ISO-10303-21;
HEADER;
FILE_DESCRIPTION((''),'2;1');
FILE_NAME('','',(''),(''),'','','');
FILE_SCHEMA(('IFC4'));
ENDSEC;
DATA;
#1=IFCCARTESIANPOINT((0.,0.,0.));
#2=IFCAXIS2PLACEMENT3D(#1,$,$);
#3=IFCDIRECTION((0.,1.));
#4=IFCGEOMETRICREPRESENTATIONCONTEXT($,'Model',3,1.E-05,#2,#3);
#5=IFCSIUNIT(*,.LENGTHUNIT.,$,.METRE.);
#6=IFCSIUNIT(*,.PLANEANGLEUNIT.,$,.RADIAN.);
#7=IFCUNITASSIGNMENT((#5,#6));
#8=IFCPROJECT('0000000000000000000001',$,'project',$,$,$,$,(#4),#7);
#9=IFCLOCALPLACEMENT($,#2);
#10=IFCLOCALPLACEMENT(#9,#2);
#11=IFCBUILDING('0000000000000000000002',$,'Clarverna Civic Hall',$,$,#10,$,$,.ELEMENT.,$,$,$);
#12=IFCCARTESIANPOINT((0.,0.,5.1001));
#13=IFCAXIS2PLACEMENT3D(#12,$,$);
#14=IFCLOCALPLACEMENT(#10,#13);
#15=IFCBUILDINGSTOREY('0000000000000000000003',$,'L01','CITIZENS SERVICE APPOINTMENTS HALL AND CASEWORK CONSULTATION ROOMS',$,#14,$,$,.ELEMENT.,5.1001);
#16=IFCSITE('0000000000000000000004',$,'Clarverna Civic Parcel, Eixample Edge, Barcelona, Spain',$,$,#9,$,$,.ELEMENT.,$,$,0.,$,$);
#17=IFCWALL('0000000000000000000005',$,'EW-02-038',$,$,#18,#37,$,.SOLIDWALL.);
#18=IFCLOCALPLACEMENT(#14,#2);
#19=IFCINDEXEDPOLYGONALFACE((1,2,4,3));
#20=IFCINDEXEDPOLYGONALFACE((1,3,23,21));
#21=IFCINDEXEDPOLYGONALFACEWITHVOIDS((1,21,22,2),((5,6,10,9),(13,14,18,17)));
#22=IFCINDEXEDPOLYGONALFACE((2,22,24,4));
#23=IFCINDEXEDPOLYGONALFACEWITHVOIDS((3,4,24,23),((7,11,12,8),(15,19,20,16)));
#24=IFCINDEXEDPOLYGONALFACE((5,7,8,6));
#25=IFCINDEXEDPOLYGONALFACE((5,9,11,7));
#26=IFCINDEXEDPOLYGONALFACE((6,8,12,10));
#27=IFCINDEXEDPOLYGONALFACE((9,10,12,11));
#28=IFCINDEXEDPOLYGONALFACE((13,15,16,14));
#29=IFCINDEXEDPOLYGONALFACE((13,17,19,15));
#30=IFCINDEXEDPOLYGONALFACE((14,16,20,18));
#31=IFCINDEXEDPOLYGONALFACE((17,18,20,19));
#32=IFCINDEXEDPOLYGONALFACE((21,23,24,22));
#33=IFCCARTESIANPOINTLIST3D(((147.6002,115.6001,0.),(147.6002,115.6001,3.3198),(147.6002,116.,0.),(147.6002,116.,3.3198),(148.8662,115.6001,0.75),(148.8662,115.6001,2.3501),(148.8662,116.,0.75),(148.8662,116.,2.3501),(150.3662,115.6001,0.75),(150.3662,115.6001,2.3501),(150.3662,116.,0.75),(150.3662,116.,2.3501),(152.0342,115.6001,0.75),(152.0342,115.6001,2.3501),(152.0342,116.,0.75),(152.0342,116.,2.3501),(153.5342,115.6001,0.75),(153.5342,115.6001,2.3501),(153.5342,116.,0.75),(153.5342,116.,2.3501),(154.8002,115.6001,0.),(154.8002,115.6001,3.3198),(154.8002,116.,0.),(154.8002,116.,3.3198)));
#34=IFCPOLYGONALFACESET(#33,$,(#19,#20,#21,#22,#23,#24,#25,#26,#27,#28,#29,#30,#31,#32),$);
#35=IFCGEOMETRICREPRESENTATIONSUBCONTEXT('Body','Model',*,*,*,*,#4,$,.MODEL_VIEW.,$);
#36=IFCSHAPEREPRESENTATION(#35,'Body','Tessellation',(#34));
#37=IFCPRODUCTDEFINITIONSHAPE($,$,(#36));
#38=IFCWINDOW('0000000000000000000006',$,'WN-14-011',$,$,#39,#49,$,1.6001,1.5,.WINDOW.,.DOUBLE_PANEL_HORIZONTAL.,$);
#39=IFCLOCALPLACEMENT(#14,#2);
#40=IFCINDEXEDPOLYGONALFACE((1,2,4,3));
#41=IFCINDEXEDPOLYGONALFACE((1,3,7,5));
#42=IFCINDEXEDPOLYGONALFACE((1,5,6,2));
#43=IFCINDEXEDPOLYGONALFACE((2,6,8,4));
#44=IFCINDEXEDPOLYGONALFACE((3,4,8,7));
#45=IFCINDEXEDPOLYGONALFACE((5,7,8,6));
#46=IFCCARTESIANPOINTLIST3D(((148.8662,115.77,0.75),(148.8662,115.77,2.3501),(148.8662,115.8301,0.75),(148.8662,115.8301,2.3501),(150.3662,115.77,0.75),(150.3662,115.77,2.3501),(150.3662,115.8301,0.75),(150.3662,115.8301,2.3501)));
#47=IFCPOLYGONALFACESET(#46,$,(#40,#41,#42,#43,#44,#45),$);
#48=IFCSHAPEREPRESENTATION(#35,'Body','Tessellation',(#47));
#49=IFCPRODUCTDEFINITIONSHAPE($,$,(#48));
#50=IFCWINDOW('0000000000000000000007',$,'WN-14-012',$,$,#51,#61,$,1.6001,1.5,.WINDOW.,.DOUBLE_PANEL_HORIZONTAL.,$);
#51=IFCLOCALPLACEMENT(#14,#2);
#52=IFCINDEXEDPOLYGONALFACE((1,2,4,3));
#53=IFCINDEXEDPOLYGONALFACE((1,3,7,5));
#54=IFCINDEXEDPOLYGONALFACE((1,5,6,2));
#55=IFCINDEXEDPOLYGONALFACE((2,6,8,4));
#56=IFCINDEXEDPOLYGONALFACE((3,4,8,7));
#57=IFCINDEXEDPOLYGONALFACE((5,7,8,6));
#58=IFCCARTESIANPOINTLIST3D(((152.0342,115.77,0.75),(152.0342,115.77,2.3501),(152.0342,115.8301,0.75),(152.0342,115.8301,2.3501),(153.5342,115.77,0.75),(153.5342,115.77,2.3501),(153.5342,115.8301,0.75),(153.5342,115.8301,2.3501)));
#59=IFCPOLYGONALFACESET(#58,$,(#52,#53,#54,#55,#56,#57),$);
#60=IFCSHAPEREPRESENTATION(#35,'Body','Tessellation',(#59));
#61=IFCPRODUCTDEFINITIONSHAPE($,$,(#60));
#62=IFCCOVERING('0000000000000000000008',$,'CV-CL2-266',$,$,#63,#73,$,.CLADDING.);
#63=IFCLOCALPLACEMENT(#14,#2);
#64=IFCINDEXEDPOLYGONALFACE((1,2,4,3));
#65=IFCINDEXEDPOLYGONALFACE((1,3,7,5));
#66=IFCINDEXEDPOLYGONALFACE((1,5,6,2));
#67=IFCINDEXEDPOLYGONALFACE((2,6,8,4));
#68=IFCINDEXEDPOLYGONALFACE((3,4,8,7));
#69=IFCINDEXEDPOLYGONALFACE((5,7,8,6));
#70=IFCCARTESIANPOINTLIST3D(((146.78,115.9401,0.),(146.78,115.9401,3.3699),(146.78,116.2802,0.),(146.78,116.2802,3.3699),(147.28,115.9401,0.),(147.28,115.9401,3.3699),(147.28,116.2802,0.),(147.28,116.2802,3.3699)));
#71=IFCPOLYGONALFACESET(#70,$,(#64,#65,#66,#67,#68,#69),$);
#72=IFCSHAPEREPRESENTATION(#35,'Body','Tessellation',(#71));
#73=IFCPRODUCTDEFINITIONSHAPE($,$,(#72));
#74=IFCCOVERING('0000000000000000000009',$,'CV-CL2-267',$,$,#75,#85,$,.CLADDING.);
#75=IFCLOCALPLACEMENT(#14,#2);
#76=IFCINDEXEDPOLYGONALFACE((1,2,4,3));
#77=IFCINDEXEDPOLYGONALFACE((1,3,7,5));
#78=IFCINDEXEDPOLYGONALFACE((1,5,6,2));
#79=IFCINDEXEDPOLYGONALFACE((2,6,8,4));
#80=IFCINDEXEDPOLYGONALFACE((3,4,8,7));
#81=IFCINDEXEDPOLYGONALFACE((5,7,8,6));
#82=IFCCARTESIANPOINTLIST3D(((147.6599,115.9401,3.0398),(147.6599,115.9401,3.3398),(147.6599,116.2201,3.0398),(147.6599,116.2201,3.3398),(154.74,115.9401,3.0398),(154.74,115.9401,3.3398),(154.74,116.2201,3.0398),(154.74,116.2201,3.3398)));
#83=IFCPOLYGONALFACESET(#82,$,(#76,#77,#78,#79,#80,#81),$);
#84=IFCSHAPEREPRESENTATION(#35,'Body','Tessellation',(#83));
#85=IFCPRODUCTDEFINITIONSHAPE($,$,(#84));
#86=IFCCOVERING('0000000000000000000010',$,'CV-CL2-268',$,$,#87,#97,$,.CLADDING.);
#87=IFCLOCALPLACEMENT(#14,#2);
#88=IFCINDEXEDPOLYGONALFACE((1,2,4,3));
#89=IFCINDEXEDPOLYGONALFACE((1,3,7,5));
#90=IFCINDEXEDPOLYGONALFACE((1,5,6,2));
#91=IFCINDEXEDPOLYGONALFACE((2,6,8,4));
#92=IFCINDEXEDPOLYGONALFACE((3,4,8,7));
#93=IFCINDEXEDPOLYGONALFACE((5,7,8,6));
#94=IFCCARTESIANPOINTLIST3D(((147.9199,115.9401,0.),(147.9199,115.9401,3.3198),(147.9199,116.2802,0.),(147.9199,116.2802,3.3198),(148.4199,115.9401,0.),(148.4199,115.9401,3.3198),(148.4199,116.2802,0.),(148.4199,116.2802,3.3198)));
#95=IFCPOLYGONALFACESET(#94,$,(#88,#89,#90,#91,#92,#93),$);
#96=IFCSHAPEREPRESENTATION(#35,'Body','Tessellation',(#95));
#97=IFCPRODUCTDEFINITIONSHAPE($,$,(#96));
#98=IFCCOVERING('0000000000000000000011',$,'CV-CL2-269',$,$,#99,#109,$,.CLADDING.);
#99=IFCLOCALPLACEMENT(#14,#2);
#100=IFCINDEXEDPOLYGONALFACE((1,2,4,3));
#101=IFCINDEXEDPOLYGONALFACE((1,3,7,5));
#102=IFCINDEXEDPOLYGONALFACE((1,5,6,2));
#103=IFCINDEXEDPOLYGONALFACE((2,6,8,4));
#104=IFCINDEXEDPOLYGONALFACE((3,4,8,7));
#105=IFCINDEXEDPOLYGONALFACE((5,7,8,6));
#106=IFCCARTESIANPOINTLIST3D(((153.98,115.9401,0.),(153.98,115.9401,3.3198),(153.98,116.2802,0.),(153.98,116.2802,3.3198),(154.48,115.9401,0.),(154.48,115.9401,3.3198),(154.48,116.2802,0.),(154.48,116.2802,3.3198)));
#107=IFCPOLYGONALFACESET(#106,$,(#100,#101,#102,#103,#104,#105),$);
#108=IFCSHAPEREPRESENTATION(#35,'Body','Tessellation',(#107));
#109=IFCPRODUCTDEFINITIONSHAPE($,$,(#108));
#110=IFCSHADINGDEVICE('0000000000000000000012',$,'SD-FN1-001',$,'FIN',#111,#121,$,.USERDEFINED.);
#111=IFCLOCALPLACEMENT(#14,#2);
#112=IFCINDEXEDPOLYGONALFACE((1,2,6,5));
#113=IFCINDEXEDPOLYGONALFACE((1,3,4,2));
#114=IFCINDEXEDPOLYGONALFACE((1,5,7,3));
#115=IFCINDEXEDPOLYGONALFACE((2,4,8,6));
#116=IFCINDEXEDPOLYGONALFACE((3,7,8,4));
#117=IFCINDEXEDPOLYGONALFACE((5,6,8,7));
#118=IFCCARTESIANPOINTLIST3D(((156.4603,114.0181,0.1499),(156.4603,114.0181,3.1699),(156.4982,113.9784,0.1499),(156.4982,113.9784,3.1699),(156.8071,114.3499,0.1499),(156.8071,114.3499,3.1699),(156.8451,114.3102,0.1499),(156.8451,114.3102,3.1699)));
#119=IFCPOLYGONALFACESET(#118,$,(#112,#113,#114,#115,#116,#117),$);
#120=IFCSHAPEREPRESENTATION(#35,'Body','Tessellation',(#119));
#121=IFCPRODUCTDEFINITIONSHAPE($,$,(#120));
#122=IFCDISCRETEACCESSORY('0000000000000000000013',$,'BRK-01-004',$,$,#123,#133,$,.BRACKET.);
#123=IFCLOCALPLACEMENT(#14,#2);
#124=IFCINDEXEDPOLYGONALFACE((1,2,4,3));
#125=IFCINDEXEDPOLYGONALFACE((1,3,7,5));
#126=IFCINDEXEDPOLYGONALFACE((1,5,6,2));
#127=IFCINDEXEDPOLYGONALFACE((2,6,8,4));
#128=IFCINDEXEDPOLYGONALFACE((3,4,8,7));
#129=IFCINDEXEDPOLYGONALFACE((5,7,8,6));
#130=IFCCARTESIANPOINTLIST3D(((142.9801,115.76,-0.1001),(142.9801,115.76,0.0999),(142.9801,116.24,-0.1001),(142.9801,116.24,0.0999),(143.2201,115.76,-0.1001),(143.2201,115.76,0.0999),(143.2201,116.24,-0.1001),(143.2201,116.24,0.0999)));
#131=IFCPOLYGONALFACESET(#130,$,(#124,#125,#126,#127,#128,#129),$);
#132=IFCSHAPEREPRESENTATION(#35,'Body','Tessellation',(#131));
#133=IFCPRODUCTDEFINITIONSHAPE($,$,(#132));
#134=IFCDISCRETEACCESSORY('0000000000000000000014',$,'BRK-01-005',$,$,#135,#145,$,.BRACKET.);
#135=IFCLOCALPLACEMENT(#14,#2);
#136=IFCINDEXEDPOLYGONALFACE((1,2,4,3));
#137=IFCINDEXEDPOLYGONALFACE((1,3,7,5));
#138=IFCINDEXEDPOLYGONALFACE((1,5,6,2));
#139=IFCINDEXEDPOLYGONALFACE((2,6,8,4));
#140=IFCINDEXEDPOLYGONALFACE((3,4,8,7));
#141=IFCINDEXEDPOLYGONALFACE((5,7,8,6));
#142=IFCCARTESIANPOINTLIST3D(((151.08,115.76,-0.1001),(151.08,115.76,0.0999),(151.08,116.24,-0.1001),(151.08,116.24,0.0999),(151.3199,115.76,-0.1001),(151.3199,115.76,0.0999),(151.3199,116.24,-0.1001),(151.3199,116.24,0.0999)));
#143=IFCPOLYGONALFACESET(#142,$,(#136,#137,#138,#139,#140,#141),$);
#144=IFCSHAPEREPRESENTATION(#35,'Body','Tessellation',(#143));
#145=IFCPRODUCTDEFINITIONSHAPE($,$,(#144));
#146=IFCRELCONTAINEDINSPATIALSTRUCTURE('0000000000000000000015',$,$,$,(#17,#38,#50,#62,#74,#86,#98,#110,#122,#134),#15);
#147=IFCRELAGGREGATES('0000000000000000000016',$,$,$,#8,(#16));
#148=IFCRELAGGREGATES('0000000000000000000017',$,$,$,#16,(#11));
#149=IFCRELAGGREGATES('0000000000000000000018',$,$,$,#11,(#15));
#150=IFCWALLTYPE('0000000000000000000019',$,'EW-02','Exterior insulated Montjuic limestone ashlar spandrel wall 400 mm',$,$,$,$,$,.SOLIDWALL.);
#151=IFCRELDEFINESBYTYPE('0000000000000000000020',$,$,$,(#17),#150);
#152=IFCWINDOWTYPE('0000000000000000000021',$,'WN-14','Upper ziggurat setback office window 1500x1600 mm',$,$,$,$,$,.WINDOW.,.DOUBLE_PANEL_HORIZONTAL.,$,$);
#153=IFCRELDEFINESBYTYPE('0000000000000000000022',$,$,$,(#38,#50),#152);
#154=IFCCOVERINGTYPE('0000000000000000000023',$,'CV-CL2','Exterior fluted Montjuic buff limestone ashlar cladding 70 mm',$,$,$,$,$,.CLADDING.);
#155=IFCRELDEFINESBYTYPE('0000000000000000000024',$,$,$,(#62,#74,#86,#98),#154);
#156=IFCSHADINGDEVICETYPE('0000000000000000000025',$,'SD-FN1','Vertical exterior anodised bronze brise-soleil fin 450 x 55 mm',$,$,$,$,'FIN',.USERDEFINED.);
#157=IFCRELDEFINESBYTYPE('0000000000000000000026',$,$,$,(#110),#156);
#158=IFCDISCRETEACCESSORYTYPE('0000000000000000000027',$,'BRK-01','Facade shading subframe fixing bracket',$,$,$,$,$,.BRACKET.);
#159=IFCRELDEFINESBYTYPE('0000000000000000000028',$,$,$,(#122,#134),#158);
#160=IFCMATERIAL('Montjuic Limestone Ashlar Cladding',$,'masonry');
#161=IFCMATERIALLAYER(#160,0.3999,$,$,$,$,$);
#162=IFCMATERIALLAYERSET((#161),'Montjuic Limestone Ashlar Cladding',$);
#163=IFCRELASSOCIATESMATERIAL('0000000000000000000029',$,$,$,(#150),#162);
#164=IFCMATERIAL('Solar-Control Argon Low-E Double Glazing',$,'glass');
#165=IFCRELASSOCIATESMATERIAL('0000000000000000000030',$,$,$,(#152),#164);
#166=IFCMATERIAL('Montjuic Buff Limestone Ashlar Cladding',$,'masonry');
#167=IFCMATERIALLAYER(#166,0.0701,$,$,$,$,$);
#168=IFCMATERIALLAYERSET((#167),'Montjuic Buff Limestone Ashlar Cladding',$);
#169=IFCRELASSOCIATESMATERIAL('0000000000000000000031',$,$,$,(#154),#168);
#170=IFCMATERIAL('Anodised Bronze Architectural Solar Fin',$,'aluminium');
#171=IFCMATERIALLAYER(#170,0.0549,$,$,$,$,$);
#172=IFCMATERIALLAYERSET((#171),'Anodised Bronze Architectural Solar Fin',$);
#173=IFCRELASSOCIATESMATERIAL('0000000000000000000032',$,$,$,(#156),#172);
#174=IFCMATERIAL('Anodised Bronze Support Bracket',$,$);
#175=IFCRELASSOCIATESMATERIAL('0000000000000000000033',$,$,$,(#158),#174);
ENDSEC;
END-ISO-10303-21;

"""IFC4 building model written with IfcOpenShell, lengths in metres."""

from ifc_helpers import new_model, si_unit, direction, frame, frame_2d, origin, origin_2d, place, context, subcontext, project, spatial, rectangle, extrude, material, layer, layer_set, type_object, element, fill, save


model = new_model("IFC4")

# Units and contexts
model_context = context("Model", 3, precision=1e-05, world=origin(), true_north=direction((0.0, 1.0)))
body_context = subcontext(model_context, "Body", "Model", "MODEL_VIEW")
ifc_project = project(units=[si_unit("LENGTHUNIT", "METRE"), si_unit("PLANEANGLEUNIT", "RADIAN")], contexts=[model_context])

# Site, building, storey
site_placement = place(None, origin())
site = spatial("IfcSite", under=ifc_project, at=site_placement, Name="Clarverna Civic Parcel, Eixample Edge, Barcelona, Spain", CompositionType="ELEMENT", RefElevation=0.0)
building_placement = place(site_placement, origin())
building = spatial("IfcBuilding", under=site, at=building_placement, Name="Clarverna Civic Hall", CompositionType="ELEMENT")
storey_placement = place(building_placement, frame((0.0, 0.0, 5.1001)))
storey = spatial("IfcBuildingStorey", under=building, at=storey_placement, Name="L01", Description="CITIZENS SERVICE APPOINTMENTS HALL AND CASEWORK CONSULTATION ROOMS", CompositionType="ELEMENT", Elevation=5.1001)

# Shared definitions
ifc_material_1 = material(Name="Solar-Control Argon Low-E Double Glazing", Category="glass")

# Wall, openings, windows
ifc_material_2 = material(Name="Montjuic Limestone Ashlar Cladding", Category="masonry")
ifc_layer_1 = layer(ifc_material_2, 0.3999)
ifc_layer_set_1 = layer_set([ifc_layer_1], Name="Montjuic Limestone Ashlar Cladding")
wall_type = type_object("IfcWallType", Name="EW-02", Description="Exterior insulated Montjuic limestone ashlar spandrel wall 400 mm", PredefinedType="SOLIDWALL", material=ifc_layer_set_1)
wall_placement = place(storey_placement, frame((147.6001, 115.8, 0.0), z_axis=(0.0, 0.0, 1.0), x_axis=(1.0, 0.0, 0.0)))
wall = element("IfcWall", 1, at=wall_placement, inside=storey, type_object=wall_type, Name="EW-02-038", PredefinedType="SOLIDWALL", context=body_context, shape_type="SweptSolid", body=[
    extrude(rectangle(XDim=7.2, YDim=0.3999, at=frame_2d((3.6001, 0.0))), origin(), (0.0, 0.0, 1.0), 3.3198),
])
opening_1_placement = place(wall_placement, frame((1.2661, 0.0, 0.75)))
opening_1 = element("IfcOpeningElement", 2, at=opening_1_placement, cuts=wall, PredefinedType="OPENING", context=body_context, shape_type="SweptSolid", body=[
    extrude(rectangle(XDim=1.5, YDim=1.6001, at=frame_2d((0.75, 0.8))), frame((0.0, 0.21, 0.0), z_axis=(0.0, -1.0, 0.0), x_axis=(1.0, 0.0, 0.0)), (0.0, 0.0, 1.0), 0.4199),
])
opening_2_placement = place(wall_placement, frame((4.4341, 0.0, 0.75)))
opening_2 = element("IfcOpeningElement", 3, at=opening_2_placement, cuts=wall, PredefinedType="OPENING", context=body_context, shape_type="SweptSolid", body=[
    extrude(rectangle(XDim=1.5, YDim=1.6001, at=frame_2d((0.75, 0.8))), frame((0.0, 0.21, 0.0), z_axis=(0.0, -1.0, 0.0), x_axis=(1.0, 0.0, 0.0)), (0.0, 0.0, 1.0), 0.4199),
])
window_type = type_object("IfcWindowType", Name="WN-14", Description="Upper ziggurat setback office window 1500x1600 mm", PartitioningType="DOUBLE_PANEL_HORIZONTAL", PredefinedType="WINDOW", material=ifc_material_1)
window_1_placement = place(opening_1_placement, origin())
window_1 = element("IfcWindow", 4, at=window_1_placement, inside=storey, type_object=window_type, Name="WN-14-011", OverallHeight=1.6001, OverallWidth=1.5, PartitioningType="DOUBLE_PANEL_HORIZONTAL", PredefinedType="WINDOW", context=body_context, shape_type="SweptSolid", body=[
    extrude(rectangle(XDim=1.5, YDim=1.6001, at=frame_2d((0.75, 0.8))), frame((0.0, 0.03, 0.0), z_axis=(0.0, -1.0, 0.0), x_axis=(1.0, 0.0, 0.0)), (0.0, 0.0, 1.0), 0.0601),
])
fill(opening_1, window_1)
window_2_placement = place(opening_2_placement, origin())
window_2 = element("IfcWindow", 5, at=window_2_placement, inside=storey, type_object=window_type, Name="WN-14-012", OverallHeight=1.6001, OverallWidth=1.5, PartitioningType="DOUBLE_PANEL_HORIZONTAL", PredefinedType="WINDOW", context=body_context, shape_type="SweptSolid", body=[
    extrude(rectangle(XDim=1.5, YDim=1.6001, at=frame_2d((0.75, 0.8))), frame((0.0, 0.03, 0.0), z_axis=(0.0, -1.0, 0.0), x_axis=(1.0, 0.0, 0.0)), (0.0, 0.0, 1.0), 0.0601),
])
fill(opening_2, window_2)

# Coverings
ifc_material_3 = material(Name="Montjuic Buff Limestone Ashlar Cladding", Category="masonry")
ifc_layer_2 = layer(ifc_material_3, 0.0701)
ifc_layer_set_2 = layer_set([ifc_layer_2], Name="Montjuic Buff Limestone Ashlar Cladding")
covering_type = type_object("IfcCoveringType", Name="CV-CL2", Description="Exterior fluted Montjuic buff limestone ashlar cladding 70 mm", PredefinedType="CLADDING", material=ifc_layer_set_2)
covering_1_placement = place(storey_placement, frame((146.78, 116.1101, 0.0), z_axis=(0.0, 0.0, 1.0), x_axis=(1.0, 0.0, 0.0)))
element("IfcCovering", 6, at=covering_1_placement, inside=storey, type_object=covering_type, Name="CV-CL2-266", PredefinedType="CLADDING", context=body_context, shape_type="SweptSolid", body=[
    extrude(rectangle(XDim=0.5, YDim=0.3401, at=frame_2d((0.25, 0.0))), origin(), (0.0, 0.0, 1.0), 3.3699),
])
covering_2_placement = place(storey_placement, frame((147.6599, 116.0801, 3.0398), z_axis=(0.0, 0.0, 1.0), x_axis=(1.0, 0.0, 0.0)))
element("IfcCovering", 7, at=covering_2_placement, inside=storey, type_object=covering_type, Name="CV-CL2-267", PredefinedType="CLADDING", context=body_context, shape_type="SweptSolid", body=[
    extrude(rectangle(XDim=7.0801, YDim=0.28, at=frame_2d((3.54, 0.0))), origin(), (0.0, 0.0, 1.0), 0.3),
])
for number, where, z_axis, x_axis, name in (
    (8, (147.9199, 116.1101, 0.0), (0.0, 0.0, 1.0), (1.0, 0.0, 0.0), "CV-CL2-268"),
    (9, (153.98, 116.1101, 0.0), (0.0, 0.0, 1.0), (1.0, 0.0, 0.0), "CV-CL2-269"),
):
    element("IfcCovering", number, at=place(storey_placement, frame(where, z_axis=z_axis, x_axis=x_axis)), inside=storey, type_object=covering_type, Name=name, PredefinedType="CLADDING", context=body_context, shape_type="SweptSolid", body=[
        extrude(rectangle(XDim=0.5, YDim=0.3401, at=frame_2d((0.25, 0.0))), origin(), (0.0, 0.0, 1.0), 3.3198),
    ])

# Shading device
ifc_material_4 = material(Name="Anodised Bronze Architectural Solar Fin", Category="aluminium")
ifc_layer_3 = layer(ifc_material_4, 0.0549)
ifc_layer_set_3 = layer_set([ifc_layer_3], Name="Anodised Bronze Architectural Solar Fin")
shading_device_type = type_object("IfcShadingDeviceType", Name="SD-FN1", Description="Vertical exterior anodised bronze brise-soleil fin 450 x 55 mm", ElementType="FIN", PredefinedType="USERDEFINED", material=ifc_layer_set_3)
shading_device_placement = place(storey_placement, frame((156.4792, 113.9983, 0.1499), z_axis=(0.0, 0.0, 1.0), x_axis=(0.722697, 0.691165, 0.0)))
element("IfcShadingDevice", 10, at=shading_device_placement, inside=storey, type_object=shading_device_type, Name="SD-FN1-001", ObjectType="FIN", PredefinedType="USERDEFINED", context=body_context, shape_type="SweptSolid", body=[
    extrude(rectangle(XDim=0.48, YDim=0.0549, at=frame_2d((0.24, 0.0))), origin(), (0.0, 0.0, 1.0), 3.02),
])

# Discrete accessories
ifc_material_5 = material(Name="Anodised Bronze Support Bracket")
discrete_accessory_type = type_object("IfcDiscreteAccessoryType", Name="BRK-01", Description="Facade shading subframe fixing bracket", PredefinedType="BRACKET", material=ifc_material_5)
for number, where, z_axis, x_axis, name in (
    (11, (143.1001, 116.0, -0.1001), (0.0, 0.0, 1.0), (1.0, 0.0, 0.0), "BRK-01-004"),
    (12, (151.2, 116.0, -0.1001), (0.0, 0.0, 1.0), (1.0, 0.0, 0.0), "BRK-01-005"),
):
    element("IfcDiscreteAccessory", number, at=place(storey_placement, frame(where, z_axis=z_axis, x_axis=x_axis)), inside=storey, type_object=discrete_accessory_type, Name=name, PredefinedType="BRACKET", context=body_context, shape_type="SweptSolid", body=[
        extrude(rectangle(XDim=0.24, YDim=0.48, at=origin_2d()), origin(), (0.0, 0.0, 1.0), 0.2),
    ])

save(model, "model.ifc")
